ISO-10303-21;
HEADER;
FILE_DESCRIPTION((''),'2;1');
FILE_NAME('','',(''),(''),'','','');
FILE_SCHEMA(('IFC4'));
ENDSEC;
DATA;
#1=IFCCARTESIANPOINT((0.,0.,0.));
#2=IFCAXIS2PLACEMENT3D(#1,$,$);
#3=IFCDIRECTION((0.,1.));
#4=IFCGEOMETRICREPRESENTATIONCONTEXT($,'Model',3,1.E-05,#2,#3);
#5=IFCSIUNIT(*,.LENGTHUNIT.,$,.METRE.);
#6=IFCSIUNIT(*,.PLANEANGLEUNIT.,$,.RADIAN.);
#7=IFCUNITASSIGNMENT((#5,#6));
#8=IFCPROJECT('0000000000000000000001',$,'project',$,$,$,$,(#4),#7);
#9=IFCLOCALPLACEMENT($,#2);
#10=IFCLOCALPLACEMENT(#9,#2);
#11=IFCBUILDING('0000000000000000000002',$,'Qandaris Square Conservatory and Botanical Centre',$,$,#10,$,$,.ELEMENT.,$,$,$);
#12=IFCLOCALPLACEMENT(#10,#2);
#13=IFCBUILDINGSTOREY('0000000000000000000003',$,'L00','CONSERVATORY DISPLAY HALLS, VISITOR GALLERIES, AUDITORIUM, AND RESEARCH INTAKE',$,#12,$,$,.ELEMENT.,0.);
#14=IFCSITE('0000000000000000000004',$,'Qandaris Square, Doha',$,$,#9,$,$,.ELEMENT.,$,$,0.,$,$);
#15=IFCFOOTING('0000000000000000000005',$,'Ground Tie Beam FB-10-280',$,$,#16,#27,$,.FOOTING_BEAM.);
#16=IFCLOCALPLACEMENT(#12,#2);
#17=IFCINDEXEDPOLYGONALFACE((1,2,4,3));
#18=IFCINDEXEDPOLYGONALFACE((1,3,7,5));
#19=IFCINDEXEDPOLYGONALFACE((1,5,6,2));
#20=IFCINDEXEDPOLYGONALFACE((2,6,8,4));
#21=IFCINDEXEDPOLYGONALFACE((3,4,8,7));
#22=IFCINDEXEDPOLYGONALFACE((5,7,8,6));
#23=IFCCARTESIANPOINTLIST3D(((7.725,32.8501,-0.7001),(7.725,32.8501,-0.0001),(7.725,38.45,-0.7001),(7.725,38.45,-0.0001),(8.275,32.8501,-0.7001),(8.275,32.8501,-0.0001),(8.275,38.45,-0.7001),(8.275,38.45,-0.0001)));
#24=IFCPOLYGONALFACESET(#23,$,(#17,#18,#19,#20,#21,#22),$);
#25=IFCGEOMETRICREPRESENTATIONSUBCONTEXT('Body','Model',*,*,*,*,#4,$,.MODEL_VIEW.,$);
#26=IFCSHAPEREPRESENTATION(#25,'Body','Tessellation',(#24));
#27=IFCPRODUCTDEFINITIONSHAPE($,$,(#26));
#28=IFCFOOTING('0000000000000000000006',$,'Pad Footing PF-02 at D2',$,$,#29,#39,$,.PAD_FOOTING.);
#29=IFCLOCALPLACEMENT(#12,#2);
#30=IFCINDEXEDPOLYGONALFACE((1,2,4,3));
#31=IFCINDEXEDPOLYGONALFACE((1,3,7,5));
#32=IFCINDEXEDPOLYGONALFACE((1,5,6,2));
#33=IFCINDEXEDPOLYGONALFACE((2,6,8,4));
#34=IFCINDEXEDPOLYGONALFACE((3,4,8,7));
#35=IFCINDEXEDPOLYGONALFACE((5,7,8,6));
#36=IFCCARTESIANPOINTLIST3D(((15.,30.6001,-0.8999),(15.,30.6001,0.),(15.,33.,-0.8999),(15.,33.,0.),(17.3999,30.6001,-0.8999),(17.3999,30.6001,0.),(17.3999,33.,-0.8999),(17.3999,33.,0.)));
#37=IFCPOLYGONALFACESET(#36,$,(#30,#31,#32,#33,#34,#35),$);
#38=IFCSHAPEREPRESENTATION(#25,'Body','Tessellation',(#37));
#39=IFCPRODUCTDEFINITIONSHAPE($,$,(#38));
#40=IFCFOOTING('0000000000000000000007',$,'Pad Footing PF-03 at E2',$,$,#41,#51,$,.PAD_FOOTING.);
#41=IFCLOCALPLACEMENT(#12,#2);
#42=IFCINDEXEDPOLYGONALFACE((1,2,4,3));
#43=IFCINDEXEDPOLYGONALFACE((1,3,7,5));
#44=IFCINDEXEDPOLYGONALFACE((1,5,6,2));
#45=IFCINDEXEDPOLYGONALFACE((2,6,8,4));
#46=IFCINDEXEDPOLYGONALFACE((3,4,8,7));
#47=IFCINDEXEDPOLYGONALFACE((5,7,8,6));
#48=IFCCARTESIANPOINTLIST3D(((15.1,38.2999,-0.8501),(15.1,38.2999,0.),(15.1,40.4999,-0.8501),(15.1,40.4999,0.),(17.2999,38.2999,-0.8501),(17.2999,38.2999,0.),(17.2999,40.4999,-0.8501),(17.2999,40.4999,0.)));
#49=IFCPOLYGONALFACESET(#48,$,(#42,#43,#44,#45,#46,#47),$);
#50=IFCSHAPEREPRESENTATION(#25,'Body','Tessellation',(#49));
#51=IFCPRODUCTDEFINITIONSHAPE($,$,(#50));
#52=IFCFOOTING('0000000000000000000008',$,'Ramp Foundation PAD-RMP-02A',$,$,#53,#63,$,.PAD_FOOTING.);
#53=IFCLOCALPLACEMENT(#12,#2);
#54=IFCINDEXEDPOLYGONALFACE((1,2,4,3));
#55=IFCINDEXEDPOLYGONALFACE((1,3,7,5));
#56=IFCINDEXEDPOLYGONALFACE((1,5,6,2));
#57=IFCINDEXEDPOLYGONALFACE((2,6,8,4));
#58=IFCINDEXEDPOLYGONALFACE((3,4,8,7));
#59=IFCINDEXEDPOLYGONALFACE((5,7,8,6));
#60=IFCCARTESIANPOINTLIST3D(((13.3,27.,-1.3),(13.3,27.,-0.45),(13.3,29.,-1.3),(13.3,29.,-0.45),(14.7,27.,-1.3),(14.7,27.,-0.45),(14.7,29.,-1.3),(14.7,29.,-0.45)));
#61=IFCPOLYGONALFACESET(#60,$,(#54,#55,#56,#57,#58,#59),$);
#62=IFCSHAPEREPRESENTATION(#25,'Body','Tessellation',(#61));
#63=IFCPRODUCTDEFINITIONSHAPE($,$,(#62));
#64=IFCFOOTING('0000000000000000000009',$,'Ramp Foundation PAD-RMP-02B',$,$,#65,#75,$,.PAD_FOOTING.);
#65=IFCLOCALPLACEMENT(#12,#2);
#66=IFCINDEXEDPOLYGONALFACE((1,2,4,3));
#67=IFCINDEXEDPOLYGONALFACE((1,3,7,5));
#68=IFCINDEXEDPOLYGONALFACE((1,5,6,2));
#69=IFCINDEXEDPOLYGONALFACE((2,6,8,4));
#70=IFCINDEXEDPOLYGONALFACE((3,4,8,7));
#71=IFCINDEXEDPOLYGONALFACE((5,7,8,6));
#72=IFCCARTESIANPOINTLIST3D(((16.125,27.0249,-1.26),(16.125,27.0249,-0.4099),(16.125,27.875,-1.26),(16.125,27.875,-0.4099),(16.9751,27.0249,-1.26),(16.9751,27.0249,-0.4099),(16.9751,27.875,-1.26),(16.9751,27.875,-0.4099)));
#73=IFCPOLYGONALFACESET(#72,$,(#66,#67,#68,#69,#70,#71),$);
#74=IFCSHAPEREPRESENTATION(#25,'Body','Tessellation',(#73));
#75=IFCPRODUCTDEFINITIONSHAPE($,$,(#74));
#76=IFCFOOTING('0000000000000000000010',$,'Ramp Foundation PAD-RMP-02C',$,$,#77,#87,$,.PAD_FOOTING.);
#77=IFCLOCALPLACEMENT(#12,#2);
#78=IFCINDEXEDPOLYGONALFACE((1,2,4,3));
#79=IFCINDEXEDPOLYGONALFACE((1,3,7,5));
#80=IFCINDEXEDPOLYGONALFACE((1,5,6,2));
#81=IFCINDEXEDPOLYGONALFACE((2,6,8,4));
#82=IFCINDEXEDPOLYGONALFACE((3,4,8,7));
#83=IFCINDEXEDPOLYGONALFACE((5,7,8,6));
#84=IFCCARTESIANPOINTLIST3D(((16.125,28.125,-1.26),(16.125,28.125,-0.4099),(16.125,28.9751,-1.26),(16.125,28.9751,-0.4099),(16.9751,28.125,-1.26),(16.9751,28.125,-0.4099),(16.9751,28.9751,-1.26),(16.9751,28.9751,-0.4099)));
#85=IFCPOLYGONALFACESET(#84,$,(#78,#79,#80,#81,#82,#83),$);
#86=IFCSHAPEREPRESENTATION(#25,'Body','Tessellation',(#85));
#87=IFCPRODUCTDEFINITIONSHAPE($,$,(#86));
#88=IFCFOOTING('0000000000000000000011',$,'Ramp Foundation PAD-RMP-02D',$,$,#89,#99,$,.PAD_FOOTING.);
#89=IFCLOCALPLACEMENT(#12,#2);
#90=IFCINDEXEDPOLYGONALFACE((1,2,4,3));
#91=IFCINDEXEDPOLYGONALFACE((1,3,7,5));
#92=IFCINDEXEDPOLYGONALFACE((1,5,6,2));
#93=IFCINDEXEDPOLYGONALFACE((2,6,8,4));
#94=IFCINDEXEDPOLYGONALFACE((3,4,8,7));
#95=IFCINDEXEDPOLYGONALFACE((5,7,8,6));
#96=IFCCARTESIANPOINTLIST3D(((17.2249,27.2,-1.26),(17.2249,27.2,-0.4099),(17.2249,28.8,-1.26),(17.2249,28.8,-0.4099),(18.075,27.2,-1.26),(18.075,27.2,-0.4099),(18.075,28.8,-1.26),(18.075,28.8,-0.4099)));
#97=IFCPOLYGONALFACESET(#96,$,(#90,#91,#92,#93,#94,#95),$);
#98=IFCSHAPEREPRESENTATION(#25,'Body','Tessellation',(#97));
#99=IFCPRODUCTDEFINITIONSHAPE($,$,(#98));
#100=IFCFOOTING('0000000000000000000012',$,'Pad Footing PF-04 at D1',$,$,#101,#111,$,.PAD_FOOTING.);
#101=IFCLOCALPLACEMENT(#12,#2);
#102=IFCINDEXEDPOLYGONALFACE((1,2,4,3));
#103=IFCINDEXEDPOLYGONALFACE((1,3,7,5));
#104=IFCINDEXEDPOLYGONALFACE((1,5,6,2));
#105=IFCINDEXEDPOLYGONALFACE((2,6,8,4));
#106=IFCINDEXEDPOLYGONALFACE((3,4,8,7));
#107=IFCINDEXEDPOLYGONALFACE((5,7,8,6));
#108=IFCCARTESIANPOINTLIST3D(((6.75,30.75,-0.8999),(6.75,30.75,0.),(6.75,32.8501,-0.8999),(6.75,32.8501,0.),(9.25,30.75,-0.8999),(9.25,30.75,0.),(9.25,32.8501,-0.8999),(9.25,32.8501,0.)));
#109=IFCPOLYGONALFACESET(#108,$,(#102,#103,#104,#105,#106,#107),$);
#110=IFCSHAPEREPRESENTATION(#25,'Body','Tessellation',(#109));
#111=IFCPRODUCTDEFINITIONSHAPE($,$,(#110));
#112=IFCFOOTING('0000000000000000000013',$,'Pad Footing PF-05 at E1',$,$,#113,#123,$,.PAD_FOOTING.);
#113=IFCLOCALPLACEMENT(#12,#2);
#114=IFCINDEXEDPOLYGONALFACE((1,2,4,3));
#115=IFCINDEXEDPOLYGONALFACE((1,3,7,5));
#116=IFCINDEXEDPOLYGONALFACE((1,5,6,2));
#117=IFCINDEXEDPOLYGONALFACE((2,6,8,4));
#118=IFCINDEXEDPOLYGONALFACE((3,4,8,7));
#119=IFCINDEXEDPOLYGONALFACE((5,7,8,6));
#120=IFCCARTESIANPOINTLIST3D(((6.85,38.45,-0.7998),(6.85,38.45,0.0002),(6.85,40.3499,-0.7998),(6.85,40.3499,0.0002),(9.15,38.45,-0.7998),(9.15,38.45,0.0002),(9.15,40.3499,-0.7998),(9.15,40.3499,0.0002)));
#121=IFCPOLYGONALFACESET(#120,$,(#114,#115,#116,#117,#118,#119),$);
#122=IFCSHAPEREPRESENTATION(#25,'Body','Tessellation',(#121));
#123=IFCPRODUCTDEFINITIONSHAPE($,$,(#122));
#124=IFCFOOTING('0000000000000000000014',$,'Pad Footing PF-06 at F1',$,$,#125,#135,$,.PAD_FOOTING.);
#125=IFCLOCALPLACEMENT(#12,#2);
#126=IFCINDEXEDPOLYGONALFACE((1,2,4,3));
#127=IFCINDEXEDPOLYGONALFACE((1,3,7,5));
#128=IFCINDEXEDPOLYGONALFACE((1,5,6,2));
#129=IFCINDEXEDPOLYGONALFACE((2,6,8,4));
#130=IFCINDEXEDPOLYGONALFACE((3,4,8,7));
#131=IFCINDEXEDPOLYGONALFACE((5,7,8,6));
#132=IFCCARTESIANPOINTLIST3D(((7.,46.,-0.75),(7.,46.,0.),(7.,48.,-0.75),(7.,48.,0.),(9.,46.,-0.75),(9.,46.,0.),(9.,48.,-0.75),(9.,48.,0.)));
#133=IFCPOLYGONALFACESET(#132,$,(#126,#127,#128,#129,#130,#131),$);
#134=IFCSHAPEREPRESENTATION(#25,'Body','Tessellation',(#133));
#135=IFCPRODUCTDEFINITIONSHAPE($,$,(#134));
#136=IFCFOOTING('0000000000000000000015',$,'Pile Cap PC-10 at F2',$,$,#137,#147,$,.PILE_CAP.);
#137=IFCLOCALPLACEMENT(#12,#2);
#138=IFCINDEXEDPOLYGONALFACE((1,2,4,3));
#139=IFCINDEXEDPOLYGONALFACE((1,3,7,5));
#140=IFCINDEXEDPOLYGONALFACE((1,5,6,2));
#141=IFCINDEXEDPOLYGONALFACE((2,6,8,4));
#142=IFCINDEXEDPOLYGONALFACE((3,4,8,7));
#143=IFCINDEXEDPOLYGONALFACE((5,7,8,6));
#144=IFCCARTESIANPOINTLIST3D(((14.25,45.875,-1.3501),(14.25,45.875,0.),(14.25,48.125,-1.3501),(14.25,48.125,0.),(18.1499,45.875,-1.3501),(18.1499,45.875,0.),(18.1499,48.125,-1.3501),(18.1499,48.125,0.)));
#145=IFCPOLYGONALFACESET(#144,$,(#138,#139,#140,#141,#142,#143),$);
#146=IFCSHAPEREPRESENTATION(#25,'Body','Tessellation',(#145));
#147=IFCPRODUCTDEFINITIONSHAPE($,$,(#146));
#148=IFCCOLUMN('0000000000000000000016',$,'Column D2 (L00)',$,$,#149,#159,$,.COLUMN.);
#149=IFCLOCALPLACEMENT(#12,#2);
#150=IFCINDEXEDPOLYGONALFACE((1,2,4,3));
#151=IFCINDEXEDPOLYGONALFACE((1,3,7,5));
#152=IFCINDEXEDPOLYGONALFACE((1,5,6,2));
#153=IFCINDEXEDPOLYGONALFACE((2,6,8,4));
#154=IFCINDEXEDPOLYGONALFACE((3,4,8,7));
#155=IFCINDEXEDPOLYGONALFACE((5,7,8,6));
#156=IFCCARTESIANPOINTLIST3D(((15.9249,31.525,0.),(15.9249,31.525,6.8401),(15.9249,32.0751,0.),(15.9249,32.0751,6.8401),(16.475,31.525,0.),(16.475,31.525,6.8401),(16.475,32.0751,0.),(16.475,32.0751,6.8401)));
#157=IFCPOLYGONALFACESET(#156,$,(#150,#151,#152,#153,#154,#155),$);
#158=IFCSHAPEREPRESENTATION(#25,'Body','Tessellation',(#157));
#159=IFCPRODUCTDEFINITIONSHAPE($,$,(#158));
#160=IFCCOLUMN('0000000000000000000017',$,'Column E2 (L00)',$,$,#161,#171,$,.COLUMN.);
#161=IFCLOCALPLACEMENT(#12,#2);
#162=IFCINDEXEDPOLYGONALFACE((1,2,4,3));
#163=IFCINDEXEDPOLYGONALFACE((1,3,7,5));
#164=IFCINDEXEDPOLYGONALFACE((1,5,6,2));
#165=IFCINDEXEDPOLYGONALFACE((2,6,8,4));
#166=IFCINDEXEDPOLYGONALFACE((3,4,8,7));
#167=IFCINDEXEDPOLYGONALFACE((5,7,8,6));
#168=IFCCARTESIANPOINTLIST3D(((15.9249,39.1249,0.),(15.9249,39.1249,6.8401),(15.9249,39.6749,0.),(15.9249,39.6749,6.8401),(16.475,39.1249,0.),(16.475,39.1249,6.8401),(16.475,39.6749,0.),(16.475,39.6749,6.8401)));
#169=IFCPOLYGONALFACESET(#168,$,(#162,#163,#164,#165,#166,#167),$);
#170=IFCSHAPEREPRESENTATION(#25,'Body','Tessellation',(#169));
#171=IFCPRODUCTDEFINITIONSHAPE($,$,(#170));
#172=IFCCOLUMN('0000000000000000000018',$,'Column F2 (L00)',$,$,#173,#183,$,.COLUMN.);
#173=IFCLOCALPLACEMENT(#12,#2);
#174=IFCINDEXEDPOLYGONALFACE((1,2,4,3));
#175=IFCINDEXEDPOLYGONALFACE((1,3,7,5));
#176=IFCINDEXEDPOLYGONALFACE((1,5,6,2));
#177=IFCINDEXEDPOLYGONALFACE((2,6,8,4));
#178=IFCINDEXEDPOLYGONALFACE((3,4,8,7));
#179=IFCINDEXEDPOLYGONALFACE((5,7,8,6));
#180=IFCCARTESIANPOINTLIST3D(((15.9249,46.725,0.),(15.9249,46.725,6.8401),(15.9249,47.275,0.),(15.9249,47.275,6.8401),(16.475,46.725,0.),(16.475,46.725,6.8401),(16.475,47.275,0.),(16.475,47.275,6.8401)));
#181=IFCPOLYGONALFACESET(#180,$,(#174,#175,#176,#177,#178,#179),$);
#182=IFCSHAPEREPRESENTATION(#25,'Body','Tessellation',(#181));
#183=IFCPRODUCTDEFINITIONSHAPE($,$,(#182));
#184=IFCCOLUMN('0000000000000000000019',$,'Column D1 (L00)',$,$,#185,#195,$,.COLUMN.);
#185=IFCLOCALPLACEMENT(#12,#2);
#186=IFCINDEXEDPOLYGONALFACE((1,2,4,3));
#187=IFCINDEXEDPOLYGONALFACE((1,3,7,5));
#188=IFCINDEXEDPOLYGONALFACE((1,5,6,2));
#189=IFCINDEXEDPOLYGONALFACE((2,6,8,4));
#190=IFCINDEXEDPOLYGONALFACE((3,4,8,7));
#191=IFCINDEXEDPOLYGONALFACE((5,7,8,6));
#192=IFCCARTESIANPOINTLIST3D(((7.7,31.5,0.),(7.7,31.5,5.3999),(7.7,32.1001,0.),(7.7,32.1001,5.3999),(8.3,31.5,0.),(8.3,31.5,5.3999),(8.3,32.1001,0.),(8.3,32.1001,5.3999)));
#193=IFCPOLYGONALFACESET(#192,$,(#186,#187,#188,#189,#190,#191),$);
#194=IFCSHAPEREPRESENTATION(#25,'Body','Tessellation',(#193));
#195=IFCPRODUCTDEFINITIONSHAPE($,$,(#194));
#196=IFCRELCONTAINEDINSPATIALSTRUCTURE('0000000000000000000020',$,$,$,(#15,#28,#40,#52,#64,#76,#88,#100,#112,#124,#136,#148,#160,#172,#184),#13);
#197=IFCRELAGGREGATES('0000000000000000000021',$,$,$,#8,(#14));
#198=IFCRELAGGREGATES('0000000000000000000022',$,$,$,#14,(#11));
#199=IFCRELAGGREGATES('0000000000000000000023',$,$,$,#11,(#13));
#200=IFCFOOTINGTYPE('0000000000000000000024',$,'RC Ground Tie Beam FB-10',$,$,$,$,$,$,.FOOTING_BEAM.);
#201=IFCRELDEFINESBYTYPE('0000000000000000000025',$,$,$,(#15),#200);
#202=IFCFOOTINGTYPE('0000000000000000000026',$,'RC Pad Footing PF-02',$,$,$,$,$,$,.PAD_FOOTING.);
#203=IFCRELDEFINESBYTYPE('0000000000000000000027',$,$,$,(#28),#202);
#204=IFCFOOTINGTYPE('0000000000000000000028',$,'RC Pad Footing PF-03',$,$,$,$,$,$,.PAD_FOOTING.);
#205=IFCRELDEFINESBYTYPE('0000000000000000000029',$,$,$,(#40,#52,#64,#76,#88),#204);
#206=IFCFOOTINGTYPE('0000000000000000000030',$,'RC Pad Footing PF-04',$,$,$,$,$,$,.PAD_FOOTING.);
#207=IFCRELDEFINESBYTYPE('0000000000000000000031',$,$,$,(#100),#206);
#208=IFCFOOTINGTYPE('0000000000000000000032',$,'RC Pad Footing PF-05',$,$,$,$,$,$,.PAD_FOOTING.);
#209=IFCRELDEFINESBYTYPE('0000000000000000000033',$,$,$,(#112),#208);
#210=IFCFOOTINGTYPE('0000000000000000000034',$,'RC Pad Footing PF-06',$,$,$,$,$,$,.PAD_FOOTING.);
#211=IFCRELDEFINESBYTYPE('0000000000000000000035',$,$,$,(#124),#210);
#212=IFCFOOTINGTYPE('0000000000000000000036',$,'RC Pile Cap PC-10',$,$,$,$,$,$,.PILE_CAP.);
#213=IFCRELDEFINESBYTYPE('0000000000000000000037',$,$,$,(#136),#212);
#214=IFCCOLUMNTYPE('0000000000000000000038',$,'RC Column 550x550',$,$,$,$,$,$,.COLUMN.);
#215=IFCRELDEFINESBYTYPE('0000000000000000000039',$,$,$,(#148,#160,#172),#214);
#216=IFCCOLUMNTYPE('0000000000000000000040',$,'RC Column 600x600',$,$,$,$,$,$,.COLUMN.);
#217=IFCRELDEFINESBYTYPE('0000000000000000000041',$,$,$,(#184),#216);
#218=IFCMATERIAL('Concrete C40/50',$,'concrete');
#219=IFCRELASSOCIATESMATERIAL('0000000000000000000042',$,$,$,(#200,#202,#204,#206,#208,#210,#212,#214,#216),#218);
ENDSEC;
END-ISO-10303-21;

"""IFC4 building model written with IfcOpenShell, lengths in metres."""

from ifc_helpers import new_model, si_unit, direction, frame, origin, origin_2d, place, context, subcontext, project, spatial, rectangle, extrude, material, material_profile, profile_set, type_object, element, save


model = new_model("IFC4")

# Units and contexts
model_context = context("Model", 3, precision=1e-05, world=origin(), true_north=direction((0.0, 1.0)))
body_context = subcontext(model_context, "Body", "Model", "MODEL_VIEW")
ifc_project = project(units=[si_unit("LENGTHUNIT", "METRE"), si_unit("PLANEANGLEUNIT", "RADIAN")], contexts=[model_context])

# Site, building, storey
site_placement = place(None, origin())
site = spatial("IfcSite", under=ifc_project, at=site_placement, Name="Qandaris Square, Doha", CompositionType="ELEMENT", RefElevation=0.0)
building_placement = place(site_placement, origin())
building = spatial("IfcBuilding", under=site, at=building_placement, Name="Qandaris Square Conservatory and Botanical Centre", CompositionType="ELEMENT")
storey_placement = place(building_placement, origin())
storey = spatial("IfcBuildingStorey", under=building, at=storey_placement, Name="L00", Description="CONSERVATORY DISPLAY HALLS, VISITOR GALLERIES, AUDITORIUM, AND RESEARCH INTAKE", CompositionType="ELEMENT", Elevation=0.0)

# Footings
ifc_material_1 = material(Name="Concrete C40/50", Category="concrete")
ifc_material_profile_1 = material_profile(ifc_material_1, rectangle(XDim=0.55, YDim=0.7, at=origin_2d()), Name="FB 550x700")
ifc_profile_set_1 = profile_set([ifc_material_profile_1], Name="Concrete C40/50")
footing_type_1 = type_object("IfcFootingType", Name="RC Ground Tie Beam FB-10", PredefinedType="FOOTING_BEAM", material=ifc_profile_set_1)
footing_1_placement = place(storey_placement, frame((8.0, 32.8501, -0.3501), z_axis=(0.0, 1.0, 0.0), x_axis=(-1.0, 0.0, 0.0)))
element("IfcFooting", 1, at=footing_1_placement, inside=storey, type_object=footing_type_1, Name="Ground Tie Beam FB-10-280", PredefinedType="FOOTING_BEAM", context=body_context, shape_type="SweptSolid", body=[
    extrude(rectangle(XDim=0.55, YDim=0.7, at=origin_2d()), origin(), (0.0, 0.0, 1.0), 5.5999),
])
footing_type_2 = type_object("IfcFootingType", Name="RC Pad Footing PF-02", PredefinedType="PAD_FOOTING", material=ifc_material_1)
footing_2_placement = place(storey_placement, frame((16.2, 31.8, -0.8999), z_axis=(0.0, 0.0, 1.0), x_axis=(1.0, 0.0, 0.0)))
element("IfcFooting", 2, at=footing_2_placement, inside=storey, type_object=footing_type_2, Name="Pad Footing PF-02 at D2", PredefinedType="PAD_FOOTING", context=body_context, shape_type="SweptSolid", body=[
    extrude(rectangle(XDim=2.3999, YDim=2.3999, at=origin_2d()), origin(), (0.0, 0.0, 1.0), 0.8999),
])
footing_type_3 = type_object("IfcFootingType", Name="RC Pad Footing PF-03", PredefinedType="PAD_FOOTING", material=ifc_material_1)
footing_3_placement = place(storey_placement, frame((16.2, 39.3999, -0.8501), z_axis=(0.0, 0.0, 1.0), x_axis=(1.0, 0.0, 0.0)))
element("IfcFooting", 3, at=footing_3_placement, inside=storey, type_object=footing_type_3, Name="Pad Footing PF-03 at E2", PredefinedType="PAD_FOOTING", context=body_context, shape_type="SweptSolid", body=[
    extrude(rectangle(XDim=2.2, YDim=2.2, at=origin_2d()), origin(), (0.0, 0.0, 1.0), 0.8501),
])
footing_4_placement = place(storey_placement, frame((14.0, 28.0, -1.3), z_axis=(0.0, 0.0, 1.0), x_axis=(1.0, 0.0, 0.0)))
element("IfcFooting", 4, at=footing_4_placement, inside=storey, type_object=footing_type_3, Name="Ramp Foundation PAD-RMP-02A", PredefinedType="PAD_FOOTING", context=body_context, shape_type="SweptSolid", body=[
    extrude(rectangle(XDim=1.3999, YDim=2.0, at=origin_2d()), origin(), (0.0, 0.0, 1.0), 0.8501),
])
for number, where, z_axis, x_axis, name in (
    (5, (16.55, 27.45, -1.26), (0.0, 0.0, 1.0), (1.0, 0.0, 0.0), "Ramp Foundation PAD-RMP-02B"),
    (6, (16.55, 28.55, -1.26), (0.0, 0.0, 1.0), (1.0, 0.0, 0.0), "Ramp Foundation PAD-RMP-02C"),
):
    element("IfcFooting", number, at=place(storey_placement, frame(where, z_axis=z_axis, x_axis=x_axis)), inside=storey, type_object=footing_type_3, Name=name, PredefinedType="PAD_FOOTING", context=body_context, shape_type="SweptSolid", body=[
        extrude(rectangle(XDim=0.8501, YDim=0.8501, at=origin_2d()), origin(), (0.0, 0.0, 1.0), 0.8501),
    ])
footing_5_placement = place(storey_placement, frame((17.6499, 28.0, -1.26), z_axis=(0.0, 0.0, 1.0), x_axis=(1.0, 0.0, 0.0)))
element("IfcFooting", 7, at=footing_5_placement, inside=storey, type_object=footing_type_3, Name="Ramp Foundation PAD-RMP-02D", PredefinedType="PAD_FOOTING", context=body_context, shape_type="SweptSolid", body=[
    extrude(rectangle(XDim=0.8501, YDim=1.6001, at=origin_2d()), origin(), (0.0, 0.0, 1.0), 0.8501),
])
footing_type_4 = type_object("IfcFootingType", Name="RC Pad Footing PF-04", PredefinedType="PAD_FOOTING", material=ifc_material_1)
footing_6_placement = place(storey_placement, frame((8.0, 31.8, -0.8999), z_axis=(0.0, 0.0, 1.0), x_axis=(1.0, 0.0, 0.0)))
element("IfcFooting", 8, at=footing_6_placement, inside=storey, type_object=footing_type_4, Name="Pad Footing PF-04 at D1", PredefinedType="PAD_FOOTING", context=body_context, shape_type="SweptSolid", body=[
    extrude(rectangle(XDim=2.5, YDim=2.1001, at=origin_2d()), origin(), (0.0, 0.0, 1.0), 0.8999),
])
footing_type_5 = type_object("IfcFootingType", Name="RC Pad Footing PF-05", PredefinedType="PAD_FOOTING", material=ifc_material_1)
footing_7_placement = place(storey_placement, frame((8.0, 39.3999, -0.7998), z_axis=(0.0, 0.0, 1.0), x_axis=(1.0, 0.0, 0.0)))
element("IfcFooting", 9, at=footing_7_placement, inside=storey, type_object=footing_type_5, Name="Pad Footing PF-05 at E1", PredefinedType="PAD_FOOTING", context=body_context, shape_type="SweptSolid", body=[
    extrude(rectangle(XDim=2.3, YDim=1.8999, at=origin_2d()), origin(), (0.0, 0.0, 1.0), 0.8),
])
footing_type_6 = type_object("IfcFootingType", Name="RC Pad Footing PF-06", PredefinedType="PAD_FOOTING", material=ifc_material_1)
footing_8_placement = place(storey_placement, frame((8.0, 47.0, -0.75), z_axis=(0.0, 0.0, 1.0), x_axis=(1.0, 0.0, 0.0)))
element("IfcFooting", 10, at=footing_8_placement, inside=storey, type_object=footing_type_6, Name="Pad Footing PF-06 at F1", PredefinedType="PAD_FOOTING", context=body_context, shape_type="SweptSolid", body=[
    extrude(rectangle(XDim=2.0, YDim=2.0, at=origin_2d()), origin(), (0.0, 0.0, 1.0), 0.75),
])
footing_type_7 = type_object("IfcFootingType", Name="RC Pile Cap PC-10", PredefinedType="PILE_CAP", material=ifc_material_1)
footing_9_placement = place(storey_placement, frame((16.2, 47.0, -1.3501), z_axis=(0.0, 0.0, 1.0), x_axis=(1.0, 0.0, 0.0)))
element("IfcFooting", 11, at=footing_9_placement, inside=storey, type_object=footing_type_7, Name="Pile Cap PC-10 at F2", PredefinedType="PILE_CAP", context=body_context, shape_type="SweptSolid", body=[
    extrude(rectangle(XDim=3.8999, YDim=2.25, at=origin_2d()), origin(), (0.0, 0.0, 1.0), 1.3501),
])

# Columns
ifc_material_profile_2 = material_profile(ifc_material_1, rectangle(XDim=0.55, YDim=0.55, at=origin_2d()), Name="RC-COL 550x550")
ifc_profile_set_2 = profile_set([ifc_material_profile_2], Name="Concrete C40/50")
column_type_1 = type_object("IfcColumnType", Name="RC Column 550x550", PredefinedType="COLUMN", material=ifc_profile_set_2)
for number, where, z_axis, x_axis, name in (
    (12, (16.2, 31.8, 0.0), (0.0, 0.0, 1.0), (1.0, 0.0, 0.0), "Column D2 (L00)"),
    (13, (16.2, 39.3999, 0.0), (0.0, 0.0, 1.0), (1.0, 0.0, 0.0), "Column E2 (L00)"),
    (14, (16.2, 47.0, 0.0), (0.0, 0.0, 1.0), (1.0, 0.0, 0.0), "Column F2 (L00)"),
):
    element("IfcColumn", number, at=place(storey_placement, frame(where, z_axis=z_axis, x_axis=x_axis)), inside=storey, type_object=column_type_1, Name=name, PredefinedType="COLUMN", context=body_context, shape_type="SweptSolid", body=[
        extrude(rectangle(XDim=0.55, YDim=0.55, at=origin_2d()), origin(), (0.0, 0.0, 1.0), 6.8401),
    ])
ifc_material_profile_3 = material_profile(ifc_material_1, rectangle(XDim=0.6001, YDim=0.6001, at=origin_2d()), Name="RC-COL 600x600")
ifc_profile_set_3 = profile_set([ifc_material_profile_3], Name="Concrete C40/50")
column_type_2 = type_object("IfcColumnType", Name="RC Column 600x600", PredefinedType="COLUMN", material=ifc_profile_set_3)
for number, where, z_axis, x_axis, name in (
    (15, (8.0, 31.8, 0.0), (0.0, 0.0, 1.0), (1.0, 0.0, 0.0), "Column D1 (L00)"),
):
    element("IfcColumn", number, at=place(storey_placement, frame(where, z_axis=z_axis, x_axis=x_axis)), inside=storey, type_object=column_type_2, Name=name, PredefinedType="COLUMN", context=body_context, shape_type="SweptSolid", body=[
        extrude(rectangle(XDim=0.6001, YDim=0.6001, at=origin_2d()), origin(), (0.0, 0.0, 1.0), 5.3999),
    ])

save(model, "model.ifc")
